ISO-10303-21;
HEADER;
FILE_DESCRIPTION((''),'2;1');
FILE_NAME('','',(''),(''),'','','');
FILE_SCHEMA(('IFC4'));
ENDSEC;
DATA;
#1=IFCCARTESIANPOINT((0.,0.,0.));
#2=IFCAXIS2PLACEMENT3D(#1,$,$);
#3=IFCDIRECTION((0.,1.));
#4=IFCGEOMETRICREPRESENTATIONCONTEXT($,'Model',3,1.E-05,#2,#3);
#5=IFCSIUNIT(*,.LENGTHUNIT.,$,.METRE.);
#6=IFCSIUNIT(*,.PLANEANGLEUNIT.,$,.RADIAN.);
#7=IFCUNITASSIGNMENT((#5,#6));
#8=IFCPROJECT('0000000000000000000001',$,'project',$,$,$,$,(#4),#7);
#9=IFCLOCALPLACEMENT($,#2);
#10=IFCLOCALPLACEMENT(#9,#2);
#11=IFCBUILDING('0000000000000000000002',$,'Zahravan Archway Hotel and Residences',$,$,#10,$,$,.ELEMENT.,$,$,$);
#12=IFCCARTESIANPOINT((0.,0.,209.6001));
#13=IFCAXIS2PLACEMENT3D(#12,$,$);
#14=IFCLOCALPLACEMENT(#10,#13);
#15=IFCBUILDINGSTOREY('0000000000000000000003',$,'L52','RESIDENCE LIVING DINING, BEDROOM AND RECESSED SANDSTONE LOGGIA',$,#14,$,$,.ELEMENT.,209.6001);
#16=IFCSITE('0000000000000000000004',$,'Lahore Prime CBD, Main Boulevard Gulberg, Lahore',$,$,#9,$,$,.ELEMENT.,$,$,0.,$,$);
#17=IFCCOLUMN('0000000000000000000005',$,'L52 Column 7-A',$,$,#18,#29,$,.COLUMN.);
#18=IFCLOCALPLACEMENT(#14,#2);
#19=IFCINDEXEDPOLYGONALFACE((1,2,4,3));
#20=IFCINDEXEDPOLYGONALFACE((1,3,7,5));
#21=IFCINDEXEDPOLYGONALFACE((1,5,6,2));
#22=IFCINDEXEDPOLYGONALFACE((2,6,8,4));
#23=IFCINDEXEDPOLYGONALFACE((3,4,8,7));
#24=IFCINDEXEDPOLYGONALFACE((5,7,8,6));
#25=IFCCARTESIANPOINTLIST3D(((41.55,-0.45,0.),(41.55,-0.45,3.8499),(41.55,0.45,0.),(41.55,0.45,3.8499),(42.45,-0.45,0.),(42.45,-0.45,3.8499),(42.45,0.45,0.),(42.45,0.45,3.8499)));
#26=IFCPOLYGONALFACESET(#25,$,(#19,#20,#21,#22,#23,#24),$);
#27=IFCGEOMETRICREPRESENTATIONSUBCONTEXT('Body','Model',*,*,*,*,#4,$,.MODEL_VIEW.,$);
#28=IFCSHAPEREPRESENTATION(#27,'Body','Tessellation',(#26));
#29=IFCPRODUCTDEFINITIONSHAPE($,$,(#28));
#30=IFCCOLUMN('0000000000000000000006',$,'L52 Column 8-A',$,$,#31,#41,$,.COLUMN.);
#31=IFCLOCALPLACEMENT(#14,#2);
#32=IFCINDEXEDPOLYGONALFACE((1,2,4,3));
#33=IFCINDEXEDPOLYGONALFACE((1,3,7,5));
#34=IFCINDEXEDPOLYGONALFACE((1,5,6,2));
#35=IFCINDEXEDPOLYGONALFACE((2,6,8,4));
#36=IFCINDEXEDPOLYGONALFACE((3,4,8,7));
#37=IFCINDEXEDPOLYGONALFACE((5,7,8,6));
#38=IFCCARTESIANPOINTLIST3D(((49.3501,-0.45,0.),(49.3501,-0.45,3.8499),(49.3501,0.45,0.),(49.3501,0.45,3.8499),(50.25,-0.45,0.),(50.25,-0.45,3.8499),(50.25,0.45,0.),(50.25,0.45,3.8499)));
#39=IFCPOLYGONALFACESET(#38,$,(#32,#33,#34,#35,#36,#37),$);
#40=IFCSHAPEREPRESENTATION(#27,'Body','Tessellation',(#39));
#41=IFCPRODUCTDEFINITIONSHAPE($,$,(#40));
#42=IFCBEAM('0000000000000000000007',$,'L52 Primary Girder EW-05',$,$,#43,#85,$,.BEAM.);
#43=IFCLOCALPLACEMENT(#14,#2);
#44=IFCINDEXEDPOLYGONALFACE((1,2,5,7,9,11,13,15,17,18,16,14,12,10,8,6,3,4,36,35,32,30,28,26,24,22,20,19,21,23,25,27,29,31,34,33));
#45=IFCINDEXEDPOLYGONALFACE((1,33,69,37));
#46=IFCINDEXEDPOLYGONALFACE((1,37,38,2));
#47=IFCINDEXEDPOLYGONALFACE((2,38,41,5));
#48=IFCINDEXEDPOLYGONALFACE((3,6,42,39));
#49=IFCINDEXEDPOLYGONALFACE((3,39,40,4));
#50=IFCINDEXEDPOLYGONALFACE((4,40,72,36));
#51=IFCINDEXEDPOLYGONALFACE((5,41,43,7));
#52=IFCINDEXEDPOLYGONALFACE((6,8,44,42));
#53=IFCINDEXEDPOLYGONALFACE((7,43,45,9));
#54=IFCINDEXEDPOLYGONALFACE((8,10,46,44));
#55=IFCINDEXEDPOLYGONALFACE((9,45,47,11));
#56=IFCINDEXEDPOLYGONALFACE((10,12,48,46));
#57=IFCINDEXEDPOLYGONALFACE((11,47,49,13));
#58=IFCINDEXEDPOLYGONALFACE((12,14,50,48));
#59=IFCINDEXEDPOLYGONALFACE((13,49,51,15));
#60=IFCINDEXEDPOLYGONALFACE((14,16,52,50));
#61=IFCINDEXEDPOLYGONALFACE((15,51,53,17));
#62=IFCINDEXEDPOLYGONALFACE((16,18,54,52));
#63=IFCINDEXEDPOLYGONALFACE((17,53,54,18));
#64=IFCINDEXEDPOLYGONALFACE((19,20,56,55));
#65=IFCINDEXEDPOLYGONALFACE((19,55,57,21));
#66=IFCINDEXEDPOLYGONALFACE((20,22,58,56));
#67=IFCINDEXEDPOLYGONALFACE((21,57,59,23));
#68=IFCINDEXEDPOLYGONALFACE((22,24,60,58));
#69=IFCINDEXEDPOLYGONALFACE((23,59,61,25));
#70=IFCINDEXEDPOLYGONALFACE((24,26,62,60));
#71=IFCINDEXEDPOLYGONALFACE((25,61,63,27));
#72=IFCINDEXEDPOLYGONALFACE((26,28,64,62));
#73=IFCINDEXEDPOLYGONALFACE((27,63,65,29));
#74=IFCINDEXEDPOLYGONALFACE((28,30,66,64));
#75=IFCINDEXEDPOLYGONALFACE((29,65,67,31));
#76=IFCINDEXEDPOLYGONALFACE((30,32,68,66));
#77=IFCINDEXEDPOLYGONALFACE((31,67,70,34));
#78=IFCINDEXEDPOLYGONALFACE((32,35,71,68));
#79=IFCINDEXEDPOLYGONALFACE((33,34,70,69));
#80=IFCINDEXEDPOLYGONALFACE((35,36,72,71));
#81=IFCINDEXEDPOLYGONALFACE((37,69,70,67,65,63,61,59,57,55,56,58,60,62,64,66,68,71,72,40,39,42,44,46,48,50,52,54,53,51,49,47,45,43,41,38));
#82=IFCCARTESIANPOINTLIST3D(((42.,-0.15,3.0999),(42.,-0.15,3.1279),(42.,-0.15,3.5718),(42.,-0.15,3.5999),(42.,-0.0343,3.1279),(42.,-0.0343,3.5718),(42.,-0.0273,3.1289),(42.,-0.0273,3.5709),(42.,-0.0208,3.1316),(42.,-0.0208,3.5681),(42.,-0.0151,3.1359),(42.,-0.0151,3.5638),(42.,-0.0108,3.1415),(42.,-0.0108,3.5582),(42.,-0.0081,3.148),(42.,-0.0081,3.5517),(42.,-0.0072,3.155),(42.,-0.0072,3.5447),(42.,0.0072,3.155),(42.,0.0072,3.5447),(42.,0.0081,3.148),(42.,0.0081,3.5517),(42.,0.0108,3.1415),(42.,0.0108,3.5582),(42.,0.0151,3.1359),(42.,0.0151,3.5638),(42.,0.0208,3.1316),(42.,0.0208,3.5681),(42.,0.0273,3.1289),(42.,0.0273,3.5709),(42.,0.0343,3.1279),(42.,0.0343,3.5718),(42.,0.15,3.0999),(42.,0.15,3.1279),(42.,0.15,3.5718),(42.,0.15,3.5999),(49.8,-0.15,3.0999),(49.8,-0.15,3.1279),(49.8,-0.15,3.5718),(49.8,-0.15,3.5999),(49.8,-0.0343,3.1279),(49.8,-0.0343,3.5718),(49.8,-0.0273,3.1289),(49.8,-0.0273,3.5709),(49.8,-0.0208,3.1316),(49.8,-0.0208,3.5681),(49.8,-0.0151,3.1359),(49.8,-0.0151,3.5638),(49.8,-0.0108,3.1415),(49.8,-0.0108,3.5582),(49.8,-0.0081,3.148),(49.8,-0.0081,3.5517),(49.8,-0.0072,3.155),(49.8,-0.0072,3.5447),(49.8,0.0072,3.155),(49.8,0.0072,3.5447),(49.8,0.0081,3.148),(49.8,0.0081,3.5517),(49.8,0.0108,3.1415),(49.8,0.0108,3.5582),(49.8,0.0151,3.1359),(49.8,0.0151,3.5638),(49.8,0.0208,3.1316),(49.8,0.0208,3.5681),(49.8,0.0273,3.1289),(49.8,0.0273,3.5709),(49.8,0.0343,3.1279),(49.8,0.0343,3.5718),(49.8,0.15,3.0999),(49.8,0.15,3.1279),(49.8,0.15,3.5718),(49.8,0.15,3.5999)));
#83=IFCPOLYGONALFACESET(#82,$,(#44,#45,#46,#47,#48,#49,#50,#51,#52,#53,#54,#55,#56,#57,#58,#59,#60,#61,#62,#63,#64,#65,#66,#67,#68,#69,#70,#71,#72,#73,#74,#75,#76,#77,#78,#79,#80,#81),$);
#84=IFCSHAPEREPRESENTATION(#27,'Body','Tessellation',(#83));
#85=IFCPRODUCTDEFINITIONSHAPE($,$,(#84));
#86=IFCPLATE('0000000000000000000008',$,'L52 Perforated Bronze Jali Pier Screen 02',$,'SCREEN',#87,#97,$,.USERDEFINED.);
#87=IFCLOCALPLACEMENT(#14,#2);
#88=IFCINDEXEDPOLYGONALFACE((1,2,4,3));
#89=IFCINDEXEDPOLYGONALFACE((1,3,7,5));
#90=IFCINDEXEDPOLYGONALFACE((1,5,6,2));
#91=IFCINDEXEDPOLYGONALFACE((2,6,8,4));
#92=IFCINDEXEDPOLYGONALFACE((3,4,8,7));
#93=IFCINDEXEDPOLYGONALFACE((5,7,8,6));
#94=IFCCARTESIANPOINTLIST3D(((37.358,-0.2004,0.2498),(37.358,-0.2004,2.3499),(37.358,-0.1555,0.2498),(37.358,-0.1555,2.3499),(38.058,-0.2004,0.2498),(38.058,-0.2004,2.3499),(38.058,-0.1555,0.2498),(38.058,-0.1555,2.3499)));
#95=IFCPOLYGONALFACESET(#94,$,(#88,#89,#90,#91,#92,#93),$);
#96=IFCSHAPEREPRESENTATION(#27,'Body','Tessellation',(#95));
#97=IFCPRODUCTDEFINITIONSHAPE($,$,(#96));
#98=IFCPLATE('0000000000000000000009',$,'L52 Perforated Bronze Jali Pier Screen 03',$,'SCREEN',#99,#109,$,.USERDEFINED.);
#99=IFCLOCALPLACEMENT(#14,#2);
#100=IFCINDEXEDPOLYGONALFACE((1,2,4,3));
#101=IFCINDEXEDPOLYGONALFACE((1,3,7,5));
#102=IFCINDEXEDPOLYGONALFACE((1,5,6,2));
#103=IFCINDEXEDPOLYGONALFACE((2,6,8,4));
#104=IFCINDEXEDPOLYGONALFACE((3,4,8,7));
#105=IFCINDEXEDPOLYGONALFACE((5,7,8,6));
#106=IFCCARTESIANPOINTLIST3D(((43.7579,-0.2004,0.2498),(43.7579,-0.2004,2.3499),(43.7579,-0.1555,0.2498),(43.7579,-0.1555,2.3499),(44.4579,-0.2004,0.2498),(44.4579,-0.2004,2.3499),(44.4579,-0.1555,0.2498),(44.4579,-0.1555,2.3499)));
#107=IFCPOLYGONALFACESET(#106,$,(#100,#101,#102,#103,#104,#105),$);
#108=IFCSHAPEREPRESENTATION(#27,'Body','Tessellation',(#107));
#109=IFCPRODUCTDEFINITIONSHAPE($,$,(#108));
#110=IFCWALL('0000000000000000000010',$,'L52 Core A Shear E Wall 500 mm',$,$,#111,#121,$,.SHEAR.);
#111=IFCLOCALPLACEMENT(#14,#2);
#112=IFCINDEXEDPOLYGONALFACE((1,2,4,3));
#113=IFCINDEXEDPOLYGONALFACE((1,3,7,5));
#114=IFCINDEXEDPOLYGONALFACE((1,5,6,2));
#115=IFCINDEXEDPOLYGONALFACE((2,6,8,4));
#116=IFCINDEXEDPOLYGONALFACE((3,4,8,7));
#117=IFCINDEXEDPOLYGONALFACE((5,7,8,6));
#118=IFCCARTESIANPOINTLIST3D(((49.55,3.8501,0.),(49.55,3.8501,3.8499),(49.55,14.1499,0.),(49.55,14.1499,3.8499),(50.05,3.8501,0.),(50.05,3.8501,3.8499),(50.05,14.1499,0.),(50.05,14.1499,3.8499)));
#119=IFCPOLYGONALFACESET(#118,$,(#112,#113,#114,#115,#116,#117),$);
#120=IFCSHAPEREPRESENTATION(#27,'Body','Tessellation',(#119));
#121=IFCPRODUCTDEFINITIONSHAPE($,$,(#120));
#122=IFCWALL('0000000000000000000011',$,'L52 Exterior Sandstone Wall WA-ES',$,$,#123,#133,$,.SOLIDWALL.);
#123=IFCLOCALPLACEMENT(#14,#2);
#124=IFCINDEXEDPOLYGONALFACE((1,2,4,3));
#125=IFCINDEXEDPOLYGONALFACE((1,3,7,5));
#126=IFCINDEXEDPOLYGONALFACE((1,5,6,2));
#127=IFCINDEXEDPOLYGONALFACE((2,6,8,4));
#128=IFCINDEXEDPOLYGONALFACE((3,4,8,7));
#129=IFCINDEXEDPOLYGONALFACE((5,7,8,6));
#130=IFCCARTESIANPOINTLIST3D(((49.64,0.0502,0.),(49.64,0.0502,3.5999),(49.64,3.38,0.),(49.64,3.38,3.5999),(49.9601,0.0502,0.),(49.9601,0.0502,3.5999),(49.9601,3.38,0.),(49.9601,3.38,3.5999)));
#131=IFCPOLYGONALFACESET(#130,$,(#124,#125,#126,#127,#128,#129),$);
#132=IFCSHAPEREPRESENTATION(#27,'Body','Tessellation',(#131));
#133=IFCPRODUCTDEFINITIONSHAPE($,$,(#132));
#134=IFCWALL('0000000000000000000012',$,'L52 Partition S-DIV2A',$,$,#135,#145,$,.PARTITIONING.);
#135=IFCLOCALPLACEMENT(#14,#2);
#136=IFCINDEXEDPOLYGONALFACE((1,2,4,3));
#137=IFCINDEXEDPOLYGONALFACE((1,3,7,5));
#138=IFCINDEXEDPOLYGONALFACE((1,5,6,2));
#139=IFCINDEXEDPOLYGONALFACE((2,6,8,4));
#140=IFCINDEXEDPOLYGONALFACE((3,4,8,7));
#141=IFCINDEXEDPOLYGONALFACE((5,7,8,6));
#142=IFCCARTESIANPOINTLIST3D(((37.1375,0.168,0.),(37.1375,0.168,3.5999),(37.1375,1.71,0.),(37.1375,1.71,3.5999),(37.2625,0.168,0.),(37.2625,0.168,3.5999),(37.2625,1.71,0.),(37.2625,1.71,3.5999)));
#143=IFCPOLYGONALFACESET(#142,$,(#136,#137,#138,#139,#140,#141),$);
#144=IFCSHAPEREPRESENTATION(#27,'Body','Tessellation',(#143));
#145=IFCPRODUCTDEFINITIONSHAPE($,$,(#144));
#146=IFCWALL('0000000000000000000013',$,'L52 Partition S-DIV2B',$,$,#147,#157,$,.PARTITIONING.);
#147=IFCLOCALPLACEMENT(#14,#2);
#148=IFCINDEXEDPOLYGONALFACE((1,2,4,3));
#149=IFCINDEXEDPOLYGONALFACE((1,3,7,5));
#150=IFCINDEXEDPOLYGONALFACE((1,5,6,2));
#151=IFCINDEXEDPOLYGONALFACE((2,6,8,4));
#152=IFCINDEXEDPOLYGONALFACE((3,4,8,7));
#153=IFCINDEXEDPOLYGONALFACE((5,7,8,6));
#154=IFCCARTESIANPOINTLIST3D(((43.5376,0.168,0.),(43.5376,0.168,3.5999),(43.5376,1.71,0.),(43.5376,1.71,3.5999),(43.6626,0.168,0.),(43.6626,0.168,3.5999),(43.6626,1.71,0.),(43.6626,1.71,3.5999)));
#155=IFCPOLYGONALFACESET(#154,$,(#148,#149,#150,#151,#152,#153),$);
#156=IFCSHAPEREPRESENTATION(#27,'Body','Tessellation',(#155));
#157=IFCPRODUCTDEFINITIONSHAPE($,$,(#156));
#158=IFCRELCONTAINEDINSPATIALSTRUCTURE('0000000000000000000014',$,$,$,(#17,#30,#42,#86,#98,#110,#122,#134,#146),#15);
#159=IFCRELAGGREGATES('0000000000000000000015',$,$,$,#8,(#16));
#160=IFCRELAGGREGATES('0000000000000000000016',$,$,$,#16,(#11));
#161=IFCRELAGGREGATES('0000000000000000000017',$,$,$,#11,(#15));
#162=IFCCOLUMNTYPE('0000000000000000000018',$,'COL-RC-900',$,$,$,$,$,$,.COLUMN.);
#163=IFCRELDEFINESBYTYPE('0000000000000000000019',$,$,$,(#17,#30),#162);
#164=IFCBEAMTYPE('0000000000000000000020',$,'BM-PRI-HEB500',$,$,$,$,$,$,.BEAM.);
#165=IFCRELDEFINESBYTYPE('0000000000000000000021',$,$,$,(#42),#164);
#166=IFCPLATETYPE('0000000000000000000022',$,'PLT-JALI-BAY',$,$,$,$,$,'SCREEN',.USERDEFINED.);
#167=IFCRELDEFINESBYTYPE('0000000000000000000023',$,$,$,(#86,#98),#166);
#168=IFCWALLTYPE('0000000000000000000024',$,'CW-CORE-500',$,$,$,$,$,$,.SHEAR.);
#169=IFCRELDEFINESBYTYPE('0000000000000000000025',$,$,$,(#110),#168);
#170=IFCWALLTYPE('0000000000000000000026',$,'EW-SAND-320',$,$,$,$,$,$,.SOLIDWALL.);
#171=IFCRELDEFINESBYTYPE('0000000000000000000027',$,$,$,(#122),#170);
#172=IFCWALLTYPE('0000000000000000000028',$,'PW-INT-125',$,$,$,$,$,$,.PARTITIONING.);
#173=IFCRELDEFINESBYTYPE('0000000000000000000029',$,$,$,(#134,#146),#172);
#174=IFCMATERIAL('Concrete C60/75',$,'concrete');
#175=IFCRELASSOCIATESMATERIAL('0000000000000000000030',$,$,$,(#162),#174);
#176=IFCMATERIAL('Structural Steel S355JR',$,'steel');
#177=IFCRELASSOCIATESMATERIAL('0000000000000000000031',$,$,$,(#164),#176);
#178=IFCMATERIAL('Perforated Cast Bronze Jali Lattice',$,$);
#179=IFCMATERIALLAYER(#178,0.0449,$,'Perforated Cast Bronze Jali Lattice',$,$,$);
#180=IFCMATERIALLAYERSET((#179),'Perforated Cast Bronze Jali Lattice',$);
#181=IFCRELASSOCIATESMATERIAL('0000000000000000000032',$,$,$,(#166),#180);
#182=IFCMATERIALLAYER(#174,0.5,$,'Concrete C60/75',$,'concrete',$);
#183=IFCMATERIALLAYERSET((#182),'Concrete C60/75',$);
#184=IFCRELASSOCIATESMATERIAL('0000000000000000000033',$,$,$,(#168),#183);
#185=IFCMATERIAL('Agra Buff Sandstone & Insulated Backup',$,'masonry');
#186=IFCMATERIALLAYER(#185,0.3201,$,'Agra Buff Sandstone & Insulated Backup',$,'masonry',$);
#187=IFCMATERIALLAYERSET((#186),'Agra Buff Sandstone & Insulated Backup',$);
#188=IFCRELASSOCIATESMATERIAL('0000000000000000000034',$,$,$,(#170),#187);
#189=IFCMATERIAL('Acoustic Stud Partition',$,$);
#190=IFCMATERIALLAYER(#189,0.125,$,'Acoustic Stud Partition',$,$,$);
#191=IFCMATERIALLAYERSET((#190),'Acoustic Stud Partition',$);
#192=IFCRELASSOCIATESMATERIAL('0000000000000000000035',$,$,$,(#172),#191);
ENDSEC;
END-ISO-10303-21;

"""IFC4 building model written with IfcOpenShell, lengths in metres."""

from ifc_helpers import new_model, si_unit, direction, frame, frame_2d, origin, origin_2d, place, context, subcontext, project, spatial, rectangle, i_section, extrude, source, transform, mapped, material, layer, layer_set, material_profile, profile_set, type_object, type_shapes, element, save


model = new_model("IFC4")

# Units and contexts
model_context = context("Model", 3, precision=1e-05, world=origin(), true_north=direction((0.0, 1.0)))
body_context = subcontext(model_context, "Body", "Model", "MODEL_VIEW")
ifc_project = project(units=[si_unit("LENGTHUNIT", "METRE"), si_unit("PLANEANGLEUNIT", "RADIAN")], contexts=[model_context])

# Site, building, storey
site_placement = place(None, origin())
site = spatial("IfcSite", under=ifc_project, at=site_placement, Name="Lahore Prime CBD, Main Boulevard Gulberg, Lahore", CompositionType="ELEMENT", RefElevation=0.0)
building_placement = place(site_placement, origin())
building = spatial("IfcBuilding", under=site, at=building_placement, Name="Zahravan Archway Hotel and Residences", CompositionType="ELEMENT")
storey_placement = place(building_placement, frame((0.0, 0.0, 209.6001)))
storey = spatial("IfcBuildingStorey", under=building, at=storey_placement, Name="L52", Description="RESIDENCE LIVING DINING, BEDROOM AND RECESSED SANDSTONE LOGGIA", CompositionType="ELEMENT", Elevation=209.6001)

# Columns
ifc_material_1 = material(Name="Concrete C60/75", Category="concrete")
ifc_material_profile_1 = material_profile(ifc_material_1, rectangle(XDim=0.8999, YDim=0.8999, at=origin_2d()), Name="RC-COL-900x900", Category="concrete")
ifc_profile_set_1 = profile_set([ifc_material_profile_1], Name="Concrete C60/75")
column_type = type_object("IfcColumnType", Name="COL-RC-900", PredefinedType="COLUMN", material=ifc_profile_set_1)
shared_shape_1 = source(origin(), body_context, "Body", "SweptSolid", [
    extrude(rectangle(XDim=0.8999, YDim=0.8999, at=origin_2d()), origin(), (0.0, 0.0, 1.0), 3.8499),
])
for number, where, z_axis, x_axis, name in (
    (1, (42.0, 0.0, 0.0), (0.0, 0.0, 1.0), (1.0, 0.0, 0.0), "L52 Column 7-A"),
    (2, (49.8, 0.0, 0.0), (0.0, 0.0, 1.0), (1.0, 0.0, 0.0), "L52 Column 8-A"),
):
    element("IfcColumn", number, at=place(storey_placement, frame(where, z_axis=z_axis, x_axis=x_axis)), inside=storey, type_object=column_type, Name=name, PredefinedType="COLUMN", context=body_context, shape_type="MappedRepresentation", body=[
        mapped(shared_shape_1, transform((0.0, 0.0, 0.0), scale=1.0)),
    ])

# Beam
ifc_material_2 = material(Name="Structural Steel S355JR", Category="steel")
ifc_material_profile_2 = material_profile(ifc_material_2, i_section(OverallWidth=0.3, OverallDepth=0.5, WebThickness=0.0144, FlangeThickness=0.0281, FilletRadius=0.0271, at=origin_2d()), Name="HEB 500", Category="steel")
ifc_profile_set_2 = profile_set([ifc_material_profile_2], Name="Structural Steel S355JR")
beam_type = type_object("IfcBeamType", Name="BM-PRI-HEB500", PredefinedType="BEAM", material=ifc_profile_set_2)
shared_shape_2 = source(origin(), body_context, "Body", "SweptSolid", [
    extrude(i_section(OverallWidth=0.3, OverallDepth=0.5, WebThickness=0.0144, FlangeThickness=0.0281, FilletRadius=0.0271, at=origin_2d()), origin(), (0.0, 0.0, 1.0), 7.8),
])
beam_placement = place(storey_placement, frame((42.0, 0.0, 3.3499), z_axis=(1.0, 0.0, 0.0), x_axis=(0.0, 1.0, 0.0)))
element("IfcBeam", 3, at=beam_placement, inside=storey, type_object=beam_type, Name="L52 Primary Girder EW-05", PredefinedType="BEAM", context=body_context, shape_type="MappedRepresentation", body=[
    mapped(shared_shape_2, transform((0.0, 0.0, 0.0), scale=1.0)),
])

# Plates
ifc_material_3 = material(Name="Perforated Cast Bronze Jali Lattice")
ifc_layer_1 = layer(ifc_material_3, 0.0449, Name="Perforated Cast Bronze Jali Lattice")
ifc_layer_set_1 = layer_set([ifc_layer_1], Name="Perforated Cast Bronze Jali Lattice")
plate_type = type_object("IfcPlateType", Name="PLT-JALI-BAY", ElementType="SCREEN", PredefinedType="USERDEFINED", material=ifc_layer_set_1)
shared_shape_3 = source(origin(), body_context, "Body", "SweptSolid", [
    extrude(rectangle(XDim=0.7, YDim=0.0449, at=origin_2d()), origin(), (0.0, 0.0, 1.0), 2.1001),
])
type_shapes(plate_type, [shared_shape_3])
for number, where, z_axis, x_axis, name in (
    (4, (37.708, -0.178, 0.2498), (0.0, 0.0, 1.0), (1.0, 0.0, 0.0), "L52 Perforated Bronze Jali Pier Screen 02"),
    (5, (44.1079, -0.178, 0.2498), (0.0, 0.0, 1.0), (1.0, 0.0, 0.0), "L52 Perforated Bronze Jali Pier Screen 03"),
):
    element("IfcPlate", number, at=place(storey_placement, frame(where, z_axis=z_axis, x_axis=x_axis)), inside=storey, type_object=plate_type, Name=name, ObjectType="SCREEN", PredefinedType="USERDEFINED", context=body_context, shape_type="MappedRepresentation", body=[
        mapped(shared_shape_3, transform((0.0, 0.0, 0.0), scale=1.0)),
    ])

# Walls
ifc_layer_2 = layer(ifc_material_1, 0.5, Name="Concrete C60/75", Category="concrete")
ifc_layer_set_2 = layer_set([ifc_layer_2], Name="Concrete C60/75")
wall_type_1 = type_object("IfcWallType", Name="CW-CORE-500", PredefinedType="SHEAR", material=ifc_layer_set_2)
wall_1_placement = place(storey_placement, frame((49.8, 3.8501, 0.0), z_axis=(0.0, 0.0, 1.0), x_axis=(0.0, 1.0, 0.0)))
element("IfcWall", 6, at=wall_1_placement, inside=storey, type_object=wall_type_1, Name="L52 Core A Shear E Wall 500 mm", PredefinedType="SHEAR", context=body_context, shape_type="SweptSolid", body=[
    extrude(rectangle(XDim=10.2998, YDim=0.5, at=frame_2d((5.1499, 0.0))), origin(), (0.0, 0.0, 1.0), 3.8499),
])
ifc_material_4 = material(Name="Agra Buff Sandstone & Insulated Backup", Category="masonry")
ifc_layer_3 = layer(ifc_material_4, 0.3201, Name="Agra Buff Sandstone & Insulated Backup", Category="masonry")
ifc_layer_set_3 = layer_set([ifc_layer_3], Name="Agra Buff Sandstone & Insulated Backup")
wall_type_2 = type_object("IfcWallType", Name="EW-SAND-320", PredefinedType="SOLIDWALL", material=ifc_layer_set_3)
wall_2_placement = place(storey_placement, frame((49.8, 0.05, 0.0), z_axis=(0.0, 0.0, 1.0), x_axis=(0.0, 1.0, 0.0)))
element("IfcWall", 7, at=wall_2_placement, inside=storey, type_object=wall_type_2, Name="L52 Exterior Sandstone Wall WA-ES", PredefinedType="SOLIDWALL", context=body_context, shape_type="SweptSolid", body=[
    extrude(rectangle(XDim=3.3298, YDim=0.3201, at=frame_2d((1.665, 0.0))), origin(), (0.0, 0.0, 1.0), 3.5999),
])
ifc_material_5 = material(Name="Acoustic Stud Partition")
ifc_layer_4 = layer(ifc_material_5, 0.125, Name="Acoustic Stud Partition")
ifc_layer_set_4 = layer_set([ifc_layer_4], Name="Acoustic Stud Partition")
wall_type_3 = type_object("IfcWallType", Name="PW-INT-125", PredefinedType="PARTITIONING", material=ifc_layer_set_4)
for number, where, z_axis, x_axis, name in (
    (8, (37.2, 0.168, 0.0), (0.0, 0.0, 1.0), (0.0, 1.0, 0.0), "L52 Partition S-DIV2A"),
    (9, (43.6001, 0.168, 0.0), (0.0, 0.0, 1.0), (0.0, 1.0, 0.0), "L52 Partition S-DIV2B"),
):
    element("IfcWall", number, at=place(storey_placement, frame(where, z_axis=z_axis, x_axis=x_axis)), inside=storey, type_object=wall_type_3, Name=name, PredefinedType="PARTITIONING", context=body_context, shape_type="SweptSolid", body=[
        extrude(rectangle(XDim=1.542, YDim=0.125, at=frame_2d((0.771, 0.0))), origin(), (0.0, 0.0, 1.0), 3.5999),
    ])

save(model, "model.ifc")
